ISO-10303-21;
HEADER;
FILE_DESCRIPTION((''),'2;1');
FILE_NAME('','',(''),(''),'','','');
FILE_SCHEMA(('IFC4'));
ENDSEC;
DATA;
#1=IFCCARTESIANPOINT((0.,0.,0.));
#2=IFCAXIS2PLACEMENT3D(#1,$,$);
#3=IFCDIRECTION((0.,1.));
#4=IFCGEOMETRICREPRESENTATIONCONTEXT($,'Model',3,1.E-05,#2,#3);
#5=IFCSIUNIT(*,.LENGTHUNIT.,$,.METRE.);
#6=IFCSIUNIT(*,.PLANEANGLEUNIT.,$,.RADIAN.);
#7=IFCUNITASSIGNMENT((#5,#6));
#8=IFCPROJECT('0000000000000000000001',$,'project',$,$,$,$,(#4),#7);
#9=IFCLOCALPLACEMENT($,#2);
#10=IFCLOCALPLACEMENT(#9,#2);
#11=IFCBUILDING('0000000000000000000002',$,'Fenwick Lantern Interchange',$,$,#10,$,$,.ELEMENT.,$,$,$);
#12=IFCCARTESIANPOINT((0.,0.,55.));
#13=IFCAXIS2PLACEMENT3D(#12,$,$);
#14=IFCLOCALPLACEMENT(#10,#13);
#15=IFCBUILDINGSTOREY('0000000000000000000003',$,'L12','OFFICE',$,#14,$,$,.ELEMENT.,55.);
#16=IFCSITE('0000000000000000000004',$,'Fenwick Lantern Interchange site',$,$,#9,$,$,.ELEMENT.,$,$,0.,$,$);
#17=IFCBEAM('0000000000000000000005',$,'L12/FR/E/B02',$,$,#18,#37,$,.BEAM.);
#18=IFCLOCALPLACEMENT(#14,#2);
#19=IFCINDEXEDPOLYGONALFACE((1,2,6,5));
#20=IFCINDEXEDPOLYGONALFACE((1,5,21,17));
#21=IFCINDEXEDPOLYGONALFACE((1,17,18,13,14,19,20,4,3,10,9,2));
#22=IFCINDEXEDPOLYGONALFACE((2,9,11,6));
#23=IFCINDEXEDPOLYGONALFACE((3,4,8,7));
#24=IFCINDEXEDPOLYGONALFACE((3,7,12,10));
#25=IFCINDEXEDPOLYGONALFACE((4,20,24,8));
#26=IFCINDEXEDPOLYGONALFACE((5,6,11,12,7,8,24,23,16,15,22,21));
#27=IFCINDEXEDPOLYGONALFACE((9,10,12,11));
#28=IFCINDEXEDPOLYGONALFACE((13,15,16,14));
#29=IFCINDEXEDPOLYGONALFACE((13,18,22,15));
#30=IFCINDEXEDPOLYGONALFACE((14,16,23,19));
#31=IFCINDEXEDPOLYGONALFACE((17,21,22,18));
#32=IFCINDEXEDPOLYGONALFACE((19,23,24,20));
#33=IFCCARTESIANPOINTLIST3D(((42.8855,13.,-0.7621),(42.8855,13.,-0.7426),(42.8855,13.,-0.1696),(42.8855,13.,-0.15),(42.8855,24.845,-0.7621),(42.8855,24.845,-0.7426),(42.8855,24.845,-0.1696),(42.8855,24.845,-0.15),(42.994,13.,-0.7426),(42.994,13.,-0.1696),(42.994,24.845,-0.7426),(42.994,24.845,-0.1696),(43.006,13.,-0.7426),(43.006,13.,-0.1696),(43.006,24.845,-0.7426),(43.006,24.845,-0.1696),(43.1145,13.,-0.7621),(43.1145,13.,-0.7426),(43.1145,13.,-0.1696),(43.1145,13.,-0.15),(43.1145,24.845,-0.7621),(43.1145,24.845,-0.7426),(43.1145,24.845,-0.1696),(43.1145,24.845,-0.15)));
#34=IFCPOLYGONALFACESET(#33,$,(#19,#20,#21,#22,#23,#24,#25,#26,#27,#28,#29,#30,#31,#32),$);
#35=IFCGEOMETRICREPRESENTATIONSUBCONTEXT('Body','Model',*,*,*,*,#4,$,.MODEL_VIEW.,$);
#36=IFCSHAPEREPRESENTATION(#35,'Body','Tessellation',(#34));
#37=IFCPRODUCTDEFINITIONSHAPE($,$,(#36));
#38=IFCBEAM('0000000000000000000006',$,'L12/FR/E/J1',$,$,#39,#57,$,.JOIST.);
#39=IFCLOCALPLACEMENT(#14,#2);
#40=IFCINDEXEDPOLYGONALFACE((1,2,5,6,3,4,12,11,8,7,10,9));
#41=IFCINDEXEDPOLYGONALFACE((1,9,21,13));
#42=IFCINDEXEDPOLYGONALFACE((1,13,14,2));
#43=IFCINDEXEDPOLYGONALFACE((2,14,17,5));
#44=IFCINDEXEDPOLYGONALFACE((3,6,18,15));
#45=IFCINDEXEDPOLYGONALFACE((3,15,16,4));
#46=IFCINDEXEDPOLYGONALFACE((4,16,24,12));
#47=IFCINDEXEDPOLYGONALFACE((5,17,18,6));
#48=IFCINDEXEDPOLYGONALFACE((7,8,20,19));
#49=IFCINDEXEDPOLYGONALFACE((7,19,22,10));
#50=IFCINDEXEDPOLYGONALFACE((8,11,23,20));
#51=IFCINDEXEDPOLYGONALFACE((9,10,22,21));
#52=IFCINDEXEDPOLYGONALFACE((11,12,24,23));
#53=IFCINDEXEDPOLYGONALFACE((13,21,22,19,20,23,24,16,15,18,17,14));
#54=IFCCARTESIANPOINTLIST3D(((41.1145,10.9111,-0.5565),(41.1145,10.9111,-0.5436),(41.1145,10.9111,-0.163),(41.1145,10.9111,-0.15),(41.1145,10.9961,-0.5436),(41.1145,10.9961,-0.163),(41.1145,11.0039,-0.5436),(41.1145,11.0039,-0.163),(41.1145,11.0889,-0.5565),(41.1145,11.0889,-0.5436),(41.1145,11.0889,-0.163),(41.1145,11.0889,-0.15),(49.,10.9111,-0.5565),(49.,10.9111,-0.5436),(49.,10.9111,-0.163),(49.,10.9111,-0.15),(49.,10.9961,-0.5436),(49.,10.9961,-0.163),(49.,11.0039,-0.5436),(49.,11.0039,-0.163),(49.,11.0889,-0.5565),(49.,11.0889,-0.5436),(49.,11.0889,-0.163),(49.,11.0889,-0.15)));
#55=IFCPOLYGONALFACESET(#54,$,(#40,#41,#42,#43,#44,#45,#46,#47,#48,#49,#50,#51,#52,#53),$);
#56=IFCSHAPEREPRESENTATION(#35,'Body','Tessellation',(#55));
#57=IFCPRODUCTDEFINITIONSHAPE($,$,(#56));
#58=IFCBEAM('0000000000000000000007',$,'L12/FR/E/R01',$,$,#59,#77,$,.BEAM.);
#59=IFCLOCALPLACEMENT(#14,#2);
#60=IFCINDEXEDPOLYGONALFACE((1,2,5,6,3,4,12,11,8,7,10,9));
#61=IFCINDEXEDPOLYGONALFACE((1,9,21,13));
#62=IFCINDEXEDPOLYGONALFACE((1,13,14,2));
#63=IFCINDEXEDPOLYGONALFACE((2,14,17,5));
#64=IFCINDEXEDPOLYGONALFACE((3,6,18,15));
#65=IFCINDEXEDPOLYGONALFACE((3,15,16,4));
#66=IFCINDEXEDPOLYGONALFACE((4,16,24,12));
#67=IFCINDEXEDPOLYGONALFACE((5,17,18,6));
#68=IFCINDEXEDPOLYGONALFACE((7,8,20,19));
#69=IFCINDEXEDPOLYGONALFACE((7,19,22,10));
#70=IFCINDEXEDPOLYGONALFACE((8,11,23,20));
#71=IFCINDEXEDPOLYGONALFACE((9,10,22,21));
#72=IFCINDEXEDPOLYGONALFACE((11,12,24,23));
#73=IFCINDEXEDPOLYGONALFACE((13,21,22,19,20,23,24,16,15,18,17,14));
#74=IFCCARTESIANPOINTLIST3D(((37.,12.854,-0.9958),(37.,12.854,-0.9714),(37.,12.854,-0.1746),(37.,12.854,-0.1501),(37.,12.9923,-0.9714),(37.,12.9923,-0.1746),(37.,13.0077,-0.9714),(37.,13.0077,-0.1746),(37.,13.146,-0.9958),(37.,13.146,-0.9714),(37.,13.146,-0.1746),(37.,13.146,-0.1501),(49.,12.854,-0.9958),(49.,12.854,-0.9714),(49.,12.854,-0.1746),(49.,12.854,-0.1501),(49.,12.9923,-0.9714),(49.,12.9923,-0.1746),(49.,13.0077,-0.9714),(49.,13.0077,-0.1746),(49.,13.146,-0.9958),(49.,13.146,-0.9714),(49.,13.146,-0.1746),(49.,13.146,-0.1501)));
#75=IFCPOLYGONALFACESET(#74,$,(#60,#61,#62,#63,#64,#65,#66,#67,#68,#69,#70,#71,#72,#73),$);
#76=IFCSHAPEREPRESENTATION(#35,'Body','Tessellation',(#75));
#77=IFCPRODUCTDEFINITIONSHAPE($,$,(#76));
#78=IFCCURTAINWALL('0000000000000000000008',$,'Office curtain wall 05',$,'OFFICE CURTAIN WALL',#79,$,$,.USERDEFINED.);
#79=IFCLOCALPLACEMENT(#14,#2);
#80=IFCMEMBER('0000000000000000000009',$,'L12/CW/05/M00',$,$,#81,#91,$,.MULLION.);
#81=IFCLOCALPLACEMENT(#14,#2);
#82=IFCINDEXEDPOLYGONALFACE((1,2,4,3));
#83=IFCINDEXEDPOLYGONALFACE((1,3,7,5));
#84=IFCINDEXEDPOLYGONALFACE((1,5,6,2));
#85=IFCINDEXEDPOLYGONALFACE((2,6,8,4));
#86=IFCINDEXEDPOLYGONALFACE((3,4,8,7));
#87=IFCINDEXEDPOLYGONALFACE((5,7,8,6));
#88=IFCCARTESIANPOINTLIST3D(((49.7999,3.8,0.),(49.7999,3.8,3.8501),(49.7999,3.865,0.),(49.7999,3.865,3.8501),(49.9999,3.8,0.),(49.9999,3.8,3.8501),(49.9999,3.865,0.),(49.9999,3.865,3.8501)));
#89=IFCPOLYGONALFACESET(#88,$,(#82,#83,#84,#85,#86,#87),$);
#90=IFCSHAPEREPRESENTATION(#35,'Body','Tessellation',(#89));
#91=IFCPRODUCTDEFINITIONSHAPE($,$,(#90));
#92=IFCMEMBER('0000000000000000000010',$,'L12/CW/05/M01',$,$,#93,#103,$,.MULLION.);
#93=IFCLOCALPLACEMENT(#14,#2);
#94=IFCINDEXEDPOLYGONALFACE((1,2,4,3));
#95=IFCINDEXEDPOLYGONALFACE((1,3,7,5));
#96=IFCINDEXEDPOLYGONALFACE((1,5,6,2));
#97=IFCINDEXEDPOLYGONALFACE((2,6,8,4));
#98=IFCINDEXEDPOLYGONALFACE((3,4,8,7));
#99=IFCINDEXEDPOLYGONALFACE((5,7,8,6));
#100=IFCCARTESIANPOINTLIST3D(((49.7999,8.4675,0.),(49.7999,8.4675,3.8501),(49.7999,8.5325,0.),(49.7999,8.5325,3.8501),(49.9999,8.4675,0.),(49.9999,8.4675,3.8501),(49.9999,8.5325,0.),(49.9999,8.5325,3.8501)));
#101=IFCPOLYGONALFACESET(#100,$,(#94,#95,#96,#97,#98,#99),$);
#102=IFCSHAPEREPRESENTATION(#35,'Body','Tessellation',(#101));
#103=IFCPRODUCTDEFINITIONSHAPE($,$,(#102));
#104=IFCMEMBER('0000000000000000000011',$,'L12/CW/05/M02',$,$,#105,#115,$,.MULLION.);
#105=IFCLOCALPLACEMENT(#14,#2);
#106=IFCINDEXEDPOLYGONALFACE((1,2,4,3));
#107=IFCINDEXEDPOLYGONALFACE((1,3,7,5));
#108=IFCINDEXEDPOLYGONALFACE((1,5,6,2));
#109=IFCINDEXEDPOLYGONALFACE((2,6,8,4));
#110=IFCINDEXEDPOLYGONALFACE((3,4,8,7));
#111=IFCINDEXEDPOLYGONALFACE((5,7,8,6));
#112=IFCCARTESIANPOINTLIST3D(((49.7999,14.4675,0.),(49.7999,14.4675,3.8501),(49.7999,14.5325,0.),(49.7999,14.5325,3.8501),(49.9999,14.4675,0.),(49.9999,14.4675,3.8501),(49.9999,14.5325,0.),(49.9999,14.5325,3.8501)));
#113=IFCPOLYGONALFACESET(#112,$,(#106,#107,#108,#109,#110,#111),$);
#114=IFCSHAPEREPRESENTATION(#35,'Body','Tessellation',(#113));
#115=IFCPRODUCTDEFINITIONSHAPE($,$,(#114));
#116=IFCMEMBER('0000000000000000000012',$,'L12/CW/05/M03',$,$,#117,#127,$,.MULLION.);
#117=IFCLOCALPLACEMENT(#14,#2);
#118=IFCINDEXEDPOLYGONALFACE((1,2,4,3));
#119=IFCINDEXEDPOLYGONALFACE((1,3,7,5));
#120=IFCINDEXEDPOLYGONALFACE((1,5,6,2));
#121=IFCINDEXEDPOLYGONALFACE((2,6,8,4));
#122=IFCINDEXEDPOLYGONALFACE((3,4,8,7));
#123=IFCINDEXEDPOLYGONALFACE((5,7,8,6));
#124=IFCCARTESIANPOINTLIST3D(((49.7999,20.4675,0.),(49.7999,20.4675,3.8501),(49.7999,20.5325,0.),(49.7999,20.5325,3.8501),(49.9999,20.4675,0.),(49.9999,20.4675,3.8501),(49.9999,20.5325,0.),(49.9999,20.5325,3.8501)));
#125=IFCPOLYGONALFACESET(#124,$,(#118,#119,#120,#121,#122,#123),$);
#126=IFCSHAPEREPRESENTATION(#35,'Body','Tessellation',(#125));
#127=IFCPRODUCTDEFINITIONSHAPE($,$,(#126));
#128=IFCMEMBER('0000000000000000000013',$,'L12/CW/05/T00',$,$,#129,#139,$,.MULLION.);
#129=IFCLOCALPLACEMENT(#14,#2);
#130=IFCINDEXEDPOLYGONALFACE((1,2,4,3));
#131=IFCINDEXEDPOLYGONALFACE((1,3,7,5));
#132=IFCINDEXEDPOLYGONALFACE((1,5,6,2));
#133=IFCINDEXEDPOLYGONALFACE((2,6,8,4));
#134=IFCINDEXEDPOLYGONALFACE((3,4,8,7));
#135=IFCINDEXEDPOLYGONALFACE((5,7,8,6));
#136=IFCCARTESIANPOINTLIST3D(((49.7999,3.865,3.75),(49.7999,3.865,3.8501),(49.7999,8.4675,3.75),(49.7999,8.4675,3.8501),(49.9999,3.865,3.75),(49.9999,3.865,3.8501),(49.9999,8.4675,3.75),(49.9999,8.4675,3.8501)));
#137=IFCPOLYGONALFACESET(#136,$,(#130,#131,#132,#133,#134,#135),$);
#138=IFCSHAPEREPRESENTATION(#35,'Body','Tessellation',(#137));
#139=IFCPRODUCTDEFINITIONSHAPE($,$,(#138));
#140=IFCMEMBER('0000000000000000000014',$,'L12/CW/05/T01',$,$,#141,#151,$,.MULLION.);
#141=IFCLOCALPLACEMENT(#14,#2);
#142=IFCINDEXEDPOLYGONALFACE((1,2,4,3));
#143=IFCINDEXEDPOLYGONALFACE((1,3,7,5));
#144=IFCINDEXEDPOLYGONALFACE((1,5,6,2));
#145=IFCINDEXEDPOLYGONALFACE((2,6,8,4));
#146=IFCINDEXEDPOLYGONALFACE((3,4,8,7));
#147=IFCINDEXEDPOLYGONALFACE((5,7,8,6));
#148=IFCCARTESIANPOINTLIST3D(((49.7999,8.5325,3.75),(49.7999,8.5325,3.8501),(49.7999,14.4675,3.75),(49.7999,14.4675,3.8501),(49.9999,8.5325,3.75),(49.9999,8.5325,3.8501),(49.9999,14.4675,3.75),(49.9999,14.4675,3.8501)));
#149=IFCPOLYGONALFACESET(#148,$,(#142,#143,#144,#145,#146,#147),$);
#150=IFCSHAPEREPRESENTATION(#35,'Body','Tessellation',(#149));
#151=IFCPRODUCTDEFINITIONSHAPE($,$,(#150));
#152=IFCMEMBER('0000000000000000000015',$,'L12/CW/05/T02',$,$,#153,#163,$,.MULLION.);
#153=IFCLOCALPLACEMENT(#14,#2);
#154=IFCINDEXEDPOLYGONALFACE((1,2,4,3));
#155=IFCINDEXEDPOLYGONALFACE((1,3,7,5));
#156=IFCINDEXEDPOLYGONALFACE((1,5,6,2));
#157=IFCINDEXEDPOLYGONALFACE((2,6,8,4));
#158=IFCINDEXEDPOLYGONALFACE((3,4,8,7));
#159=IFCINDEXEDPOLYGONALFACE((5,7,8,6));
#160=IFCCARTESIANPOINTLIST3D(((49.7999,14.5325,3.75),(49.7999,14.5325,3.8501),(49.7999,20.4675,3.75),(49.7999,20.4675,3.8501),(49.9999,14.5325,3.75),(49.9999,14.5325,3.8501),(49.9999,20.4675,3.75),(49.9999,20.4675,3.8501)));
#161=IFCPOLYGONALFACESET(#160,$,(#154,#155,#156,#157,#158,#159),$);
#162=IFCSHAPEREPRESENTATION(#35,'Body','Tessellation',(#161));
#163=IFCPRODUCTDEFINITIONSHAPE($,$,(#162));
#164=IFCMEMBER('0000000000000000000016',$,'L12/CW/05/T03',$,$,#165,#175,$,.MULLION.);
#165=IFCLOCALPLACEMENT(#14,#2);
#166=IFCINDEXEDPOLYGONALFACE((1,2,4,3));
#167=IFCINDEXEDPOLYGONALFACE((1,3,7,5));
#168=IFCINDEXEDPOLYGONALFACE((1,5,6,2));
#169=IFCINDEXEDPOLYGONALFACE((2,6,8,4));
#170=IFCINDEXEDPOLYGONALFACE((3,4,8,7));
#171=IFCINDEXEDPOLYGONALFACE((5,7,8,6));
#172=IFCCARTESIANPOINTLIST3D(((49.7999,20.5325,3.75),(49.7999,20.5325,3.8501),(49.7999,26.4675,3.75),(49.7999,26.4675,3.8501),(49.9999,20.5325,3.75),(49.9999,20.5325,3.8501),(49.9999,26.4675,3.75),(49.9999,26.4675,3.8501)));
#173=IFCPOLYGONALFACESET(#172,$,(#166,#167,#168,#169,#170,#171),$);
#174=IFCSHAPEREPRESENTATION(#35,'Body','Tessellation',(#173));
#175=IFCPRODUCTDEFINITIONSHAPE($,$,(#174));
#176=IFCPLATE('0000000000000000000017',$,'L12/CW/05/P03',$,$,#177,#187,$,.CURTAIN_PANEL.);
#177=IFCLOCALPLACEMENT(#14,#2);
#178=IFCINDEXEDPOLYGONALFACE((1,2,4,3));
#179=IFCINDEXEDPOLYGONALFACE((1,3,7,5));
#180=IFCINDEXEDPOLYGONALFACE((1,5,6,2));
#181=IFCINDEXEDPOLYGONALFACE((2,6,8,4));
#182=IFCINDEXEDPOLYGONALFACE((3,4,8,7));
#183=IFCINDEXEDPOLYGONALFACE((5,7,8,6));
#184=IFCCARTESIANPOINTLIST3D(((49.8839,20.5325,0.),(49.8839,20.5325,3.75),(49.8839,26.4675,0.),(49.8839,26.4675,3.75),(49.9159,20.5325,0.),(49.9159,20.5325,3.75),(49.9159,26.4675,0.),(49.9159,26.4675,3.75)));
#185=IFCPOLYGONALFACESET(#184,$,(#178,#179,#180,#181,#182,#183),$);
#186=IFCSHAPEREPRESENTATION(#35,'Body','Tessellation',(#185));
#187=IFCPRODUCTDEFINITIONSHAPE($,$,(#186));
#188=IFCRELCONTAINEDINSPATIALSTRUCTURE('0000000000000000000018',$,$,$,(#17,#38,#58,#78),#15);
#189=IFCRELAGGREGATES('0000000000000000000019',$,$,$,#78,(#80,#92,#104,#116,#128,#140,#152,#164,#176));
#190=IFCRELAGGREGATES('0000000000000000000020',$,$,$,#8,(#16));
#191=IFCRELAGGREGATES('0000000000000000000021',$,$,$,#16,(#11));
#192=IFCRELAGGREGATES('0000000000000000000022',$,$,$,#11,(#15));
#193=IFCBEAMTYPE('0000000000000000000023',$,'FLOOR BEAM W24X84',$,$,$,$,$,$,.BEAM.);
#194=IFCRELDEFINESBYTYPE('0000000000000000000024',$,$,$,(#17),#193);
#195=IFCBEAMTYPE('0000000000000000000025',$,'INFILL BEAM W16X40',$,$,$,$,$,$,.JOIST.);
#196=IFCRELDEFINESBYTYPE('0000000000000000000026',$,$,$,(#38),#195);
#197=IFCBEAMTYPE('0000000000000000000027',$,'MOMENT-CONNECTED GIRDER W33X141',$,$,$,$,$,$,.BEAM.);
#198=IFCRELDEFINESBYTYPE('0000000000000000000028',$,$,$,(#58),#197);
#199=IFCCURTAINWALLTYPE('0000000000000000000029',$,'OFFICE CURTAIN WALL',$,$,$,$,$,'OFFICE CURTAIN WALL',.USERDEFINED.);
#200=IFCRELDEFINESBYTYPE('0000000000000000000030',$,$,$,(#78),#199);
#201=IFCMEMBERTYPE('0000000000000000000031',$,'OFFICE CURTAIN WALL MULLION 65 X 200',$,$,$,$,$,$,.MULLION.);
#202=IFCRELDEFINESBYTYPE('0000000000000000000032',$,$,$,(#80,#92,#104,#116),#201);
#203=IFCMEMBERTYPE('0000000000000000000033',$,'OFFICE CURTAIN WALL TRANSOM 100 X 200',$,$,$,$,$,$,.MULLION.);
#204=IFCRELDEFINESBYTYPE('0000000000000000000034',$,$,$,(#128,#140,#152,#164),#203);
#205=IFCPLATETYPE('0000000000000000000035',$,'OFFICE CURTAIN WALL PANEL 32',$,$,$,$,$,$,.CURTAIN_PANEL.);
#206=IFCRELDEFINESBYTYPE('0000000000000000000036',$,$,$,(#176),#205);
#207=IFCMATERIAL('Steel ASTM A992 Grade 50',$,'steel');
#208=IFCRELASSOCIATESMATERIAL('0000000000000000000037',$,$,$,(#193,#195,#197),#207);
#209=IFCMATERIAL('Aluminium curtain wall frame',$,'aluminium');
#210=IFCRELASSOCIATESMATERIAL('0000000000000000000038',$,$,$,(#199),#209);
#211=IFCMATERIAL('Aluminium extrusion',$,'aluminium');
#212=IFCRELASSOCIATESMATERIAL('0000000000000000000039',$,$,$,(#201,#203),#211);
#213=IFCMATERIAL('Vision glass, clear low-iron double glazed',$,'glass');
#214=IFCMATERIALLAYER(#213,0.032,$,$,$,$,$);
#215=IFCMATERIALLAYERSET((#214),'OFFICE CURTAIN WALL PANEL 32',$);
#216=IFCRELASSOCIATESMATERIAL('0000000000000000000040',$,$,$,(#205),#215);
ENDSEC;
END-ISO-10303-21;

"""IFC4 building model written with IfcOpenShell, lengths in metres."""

from ifc_helpers import new_model, si_unit, direction, frame, origin, origin_2d, place, context, subcontext, project, spatial, rectangle, i_section, extrude, material, layer, layer_set, material_profile, profile_set, type_object, element, aggregate, save


model = new_model("IFC4")

# Units and contexts
model_context = context("Model", 3, precision=1e-05, world=origin(), true_north=direction((0.0, 1.0)))
body_context = subcontext(model_context, "Body", "Model", "MODEL_VIEW")
ifc_project = project(units=[si_unit("LENGTHUNIT", "METRE"), si_unit("PLANEANGLEUNIT", "RADIAN")], contexts=[model_context])

# Site, building, storey
site_placement = place(None, origin())
site = spatial("IfcSite", under=ifc_project, at=site_placement, Name="Fenwick Lantern Interchange site", CompositionType="ELEMENT", RefElevation=0.0)
building_placement = place(site_placement, origin())
building = spatial("IfcBuilding", under=site, at=building_placement, Name="Fenwick Lantern Interchange", CompositionType="ELEMENT")
storey_placement = place(building_placement, frame((0.0, 0.0, 55.0)))
storey = spatial("IfcBuildingStorey", under=building, at=storey_placement, Name="L12", Description="OFFICE", CompositionType="ELEMENT", Elevation=55.0)

# Shared definitions
ifc_material_1 = material(Name="Steel ASTM A992 Grade 50", Category="steel")

# Beams
ifc_material_profile_1 = material_profile(ifc_material_1, i_section(OverallWidth=0.229, OverallDepth=0.6121, WebThickness=0.012, FlangeThickness=0.0195, at=origin_2d()), Name="W24X84")
ifc_profile_set_1 = profile_set([ifc_material_profile_1], Name="Steel ASTM A992 Grade 50")
beam_type_1 = type_object("IfcBeamType", Name="FLOOR BEAM W24X84", PredefinedType="BEAM", material=ifc_profile_set_1)
for number, where, z_axis, x_axis, name in (
    (1, (43.0, 13.0, -0.4561), (0.0, 1.0, 0.0), (-1.0, 0.0, 0.0), "L12/FR/E/B02"),
):
    element("IfcBeam", number, at=place(storey_placement, frame(where, z_axis=z_axis, x_axis=x_axis)), inside=storey, type_object=beam_type_1, Name=name, PredefinedType="BEAM", context=body_context, shape_type="SweptSolid", body=[
        extrude(i_section(OverallWidth=0.229, OverallDepth=0.6121, WebThickness=0.012, FlangeThickness=0.0195, at=origin_2d()), origin(), (0.0, 0.0, 1.0), 11.845),
    ])
ifc_material_profile_2 = material_profile(ifc_material_1, i_section(OverallWidth=0.1777, OverallDepth=0.4065, WebThickness=0.0078, FlangeThickness=0.0129, at=origin_2d()), Name="W16X40")
ifc_profile_set_2 = profile_set([ifc_material_profile_2], Name="Steel ASTM A992 Grade 50")
beam_type_2 = type_object("IfcBeamType", Name="INFILL BEAM W16X40", PredefinedType="JOIST", material=ifc_profile_set_2)
beam_1_placement = place(storey_placement, frame((49.0, 11.0, -0.3533), z_axis=(-1.0, 0.0, 0.0), x_axis=(0.0, -1.0, 0.0)))
element("IfcBeam", 2, at=beam_1_placement, inside=storey, type_object=beam_type_2, Name="L12/FR/E/J1", PredefinedType="JOIST", context=body_context, shape_type="SweptSolid", body=[
    extrude(i_section(OverallWidth=0.1777, OverallDepth=0.4065, WebThickness=0.0078, FlangeThickness=0.0129, at=origin_2d()), origin(), (0.0, 0.0, 1.0), 7.8855),
])
ifc_material_profile_3 = material_profile(ifc_material_1, i_section(OverallWidth=0.292, OverallDepth=0.8457, WebThickness=0.0154, FlangeThickness=0.0244, at=origin_2d()), Name="W33X141")
ifc_profile_set_3 = profile_set([ifc_material_profile_3], Name="Steel ASTM A992 Grade 50")
beam_type_3 = type_object("IfcBeamType", Name="MOMENT-CONNECTED GIRDER W33X141", PredefinedType="BEAM", material=ifc_profile_set_3)
beam_2_placement = place(storey_placement, frame((49.0, 13.0, -0.573), z_axis=(-1.0, 0.0, 0.0), x_axis=(0.0, -1.0, 0.0)))
element("IfcBeam", 3, at=beam_2_placement, inside=storey, type_object=beam_type_3, Name="L12/FR/E/R01", PredefinedType="BEAM", context=body_context, shape_type="SweptSolid", body=[
    extrude(i_section(OverallWidth=0.292, OverallDepth=0.8457, WebThickness=0.0154, FlangeThickness=0.0244, at=origin_2d()), origin(), (0.0, 0.0, 1.0), 12.0),
])

# Curtain wall, members, plate
ifc_material_2 = material(Name="Aluminium curtain wall frame", Category="aluminium")
curtain_wall_type = type_object("IfcCurtainWallType", Name="OFFICE CURTAIN WALL", ElementType="OFFICE CURTAIN WALL", PredefinedType="USERDEFINED", material=ifc_material_2)
curtain_wall_placement = place(storey_placement, origin())
curtain_wall = element("IfcCurtainWall", 4, at=curtain_wall_placement, inside=storey, type_object=curtain_wall_type, Name="Office curtain wall 05", ObjectType="OFFICE CURTAIN WALL", PredefinedType="USERDEFINED")
ifc_material_3 = material(Name="Aluminium extrusion", Category="aluminium")
ifc_material_profile_4 = material_profile(ifc_material_3, rectangle(XDim=0.2, YDim=0.0649, at=origin_2d()), Name="OFFICE CURTAIN WALL MULLION 65 X 200")
ifc_profile_set_4 = profile_set([ifc_material_profile_4], Name="Aluminium extrusion")
member_type_1 = type_object("IfcMemberType", Name="OFFICE CURTAIN WALL MULLION 65 X 200", PredefinedType="MULLION", material=ifc_profile_set_4)
member_1_placement = place(storey_placement, frame((49.8999, 3.8325, 0.0), z_axis=(0.0, 0.0, 1.0), x_axis=(-1.0, 0.0, 0.0)))
member_1 = element("IfcMember", 5, at=member_1_placement, type_object=member_type_1, Name="L12/CW/05/M00", PredefinedType="MULLION", context=body_context, shape_type="SweptSolid", body=[
    extrude(rectangle(XDim=0.2, YDim=0.0649, at=origin_2d()), origin(), (0.0, 0.0, 1.0), 3.8501),
])
member_2_placement = place(storey_placement, frame((49.8999, 8.5, 0.0), z_axis=(0.0, 0.0, 1.0), x_axis=(-1.0, 0.0, 0.0)))
member_2 = element("IfcMember", 6, at=member_2_placement, type_object=member_type_1, Name="L12/CW/05/M01", PredefinedType="MULLION", context=body_context, shape_type="SweptSolid", body=[
    extrude(rectangle(XDim=0.2, YDim=0.0649, at=origin_2d()), origin(), (0.0, 0.0, 1.0), 3.8501),
])
member_3_placement = place(storey_placement, frame((49.8999, 14.5, 0.0), z_axis=(0.0, 0.0, 1.0), x_axis=(-1.0, 0.0, 0.0)))
member_3 = element("IfcMember", 7, at=member_3_placement, type_object=member_type_1, Name="L12/CW/05/M02", PredefinedType="MULLION", context=body_context, shape_type="SweptSolid", body=[
    extrude(rectangle(XDim=0.2, YDim=0.0649, at=origin_2d()), origin(), (0.0, 0.0, 1.0), 3.8501),
])
member_4_placement = place(storey_placement, frame((49.8999, 20.5, 0.0), z_axis=(0.0, 0.0, 1.0), x_axis=(-1.0, 0.0, 0.0)))
member_4 = element("IfcMember", 8, at=member_4_placement, type_object=member_type_1, Name="L12/CW/05/M03", PredefinedType="MULLION", context=body_context, shape_type="SweptSolid", body=[
    extrude(rectangle(XDim=0.2, YDim=0.0649, at=origin_2d()), origin(), (0.0, 0.0, 1.0), 3.8501),
])
ifc_material_profile_5 = material_profile(ifc_material_3, rectangle(XDim=0.2, YDim=0.1001, at=origin_2d()), Name="OFFICE CURTAIN WALL TRANSOM 100 X 200")
ifc_profile_set_5 = profile_set([ifc_material_profile_5], Name="Aluminium extrusion")
member_type_2 = type_object("IfcMemberType", Name="OFFICE CURTAIN WALL TRANSOM 100 X 200", PredefinedType="MULLION", material=ifc_profile_set_5)
member_5_placement = place(storey_placement, frame((49.8999, 3.865, 3.8), z_axis=(0.0, 1.0, 0.0), x_axis=(-1.0, 0.0, 0.0)))
member_5 = element("IfcMember", 9, at=member_5_placement, type_object=member_type_2, Name="L12/CW/05/T00", PredefinedType="MULLION", context=body_context, shape_type="SweptSolid", body=[
    extrude(rectangle(XDim=0.2, YDim=0.1001, at=origin_2d()), origin(), (0.0, 0.0, 1.0), 4.6025),
])
member_6_placement = place(storey_placement, frame((49.8999, 8.5325, 3.8), z_axis=(0.0, 1.0, 0.0), x_axis=(-1.0, 0.0, 0.0)))
member_6 = element("IfcMember", 10, at=member_6_placement, type_object=member_type_2, Name="L12/CW/05/T01", PredefinedType="MULLION", context=body_context, shape_type="SweptSolid", body=[
    extrude(rectangle(XDim=0.2, YDim=0.1001, at=origin_2d()), origin(), (0.0, 0.0, 1.0), 5.9351),
])
member_7_placement = place(storey_placement, frame((49.8999, 14.5325, 3.8), z_axis=(0.0, 1.0, 0.0), x_axis=(-1.0, 0.0, 0.0)))
member_7 = element("IfcMember", 11, at=member_7_placement, type_object=member_type_2, Name="L12/CW/05/T02", PredefinedType="MULLION", context=body_context, shape_type="SweptSolid", body=[
    extrude(rectangle(XDim=0.2, YDim=0.1001, at=origin_2d()), origin(), (0.0, 0.0, 1.0), 5.9351),
])
member_8_placement = place(storey_placement, frame((49.8999, 20.5325, 3.8), z_axis=(0.0, 1.0, 0.0), x_axis=(-1.0, 0.0, 0.0)))
member_8 = element("IfcMember", 12, at=member_8_placement, type_object=member_type_2, Name="L12/CW/05/T03", PredefinedType="MULLION", context=body_context, shape_type="SweptSolid", body=[
    extrude(rectangle(XDim=0.2, YDim=0.1001, at=origin_2d()), origin(), (0.0, 0.0, 1.0), 5.9351),
])
ifc_material_4 = material(Name="Vision glass, clear low-iron double glazed", Category="glass")
ifc_layer_1 = layer(ifc_material_4, 0.032)
ifc_layer_set_1 = layer_set([ifc_layer_1], Name="OFFICE CURTAIN WALL PANEL 32")
plate_type = type_object("IfcPlateType", Name="OFFICE CURTAIN WALL PANEL 32", PredefinedType="CURTAIN_PANEL", material=ifc_layer_set_1)
plate_1_placement = place(storey_placement, frame((49.8999, 23.5, 0.0), z_axis=(0.0, 0.0, 1.0), x_axis=(0.0, 1.0, 0.0)))
plate_1 = element("IfcPlate", 13, at=plate_1_placement, type_object=plate_type, Name="L12/CW/05/P03", PredefinedType="CURTAIN_PANEL", context=body_context, shape_type="SweptSolid", body=[
    extrude(rectangle(XDim=5.9351, YDim=0.032, at=origin_2d()), origin(), (0.0, 0.0, 1.0), 3.75),
])
aggregate(curtain_wall, [member_1, member_2, member_3, member_4, member_5, member_6, member_7, member_8, plate_1])

save(model, "model.ifc")
